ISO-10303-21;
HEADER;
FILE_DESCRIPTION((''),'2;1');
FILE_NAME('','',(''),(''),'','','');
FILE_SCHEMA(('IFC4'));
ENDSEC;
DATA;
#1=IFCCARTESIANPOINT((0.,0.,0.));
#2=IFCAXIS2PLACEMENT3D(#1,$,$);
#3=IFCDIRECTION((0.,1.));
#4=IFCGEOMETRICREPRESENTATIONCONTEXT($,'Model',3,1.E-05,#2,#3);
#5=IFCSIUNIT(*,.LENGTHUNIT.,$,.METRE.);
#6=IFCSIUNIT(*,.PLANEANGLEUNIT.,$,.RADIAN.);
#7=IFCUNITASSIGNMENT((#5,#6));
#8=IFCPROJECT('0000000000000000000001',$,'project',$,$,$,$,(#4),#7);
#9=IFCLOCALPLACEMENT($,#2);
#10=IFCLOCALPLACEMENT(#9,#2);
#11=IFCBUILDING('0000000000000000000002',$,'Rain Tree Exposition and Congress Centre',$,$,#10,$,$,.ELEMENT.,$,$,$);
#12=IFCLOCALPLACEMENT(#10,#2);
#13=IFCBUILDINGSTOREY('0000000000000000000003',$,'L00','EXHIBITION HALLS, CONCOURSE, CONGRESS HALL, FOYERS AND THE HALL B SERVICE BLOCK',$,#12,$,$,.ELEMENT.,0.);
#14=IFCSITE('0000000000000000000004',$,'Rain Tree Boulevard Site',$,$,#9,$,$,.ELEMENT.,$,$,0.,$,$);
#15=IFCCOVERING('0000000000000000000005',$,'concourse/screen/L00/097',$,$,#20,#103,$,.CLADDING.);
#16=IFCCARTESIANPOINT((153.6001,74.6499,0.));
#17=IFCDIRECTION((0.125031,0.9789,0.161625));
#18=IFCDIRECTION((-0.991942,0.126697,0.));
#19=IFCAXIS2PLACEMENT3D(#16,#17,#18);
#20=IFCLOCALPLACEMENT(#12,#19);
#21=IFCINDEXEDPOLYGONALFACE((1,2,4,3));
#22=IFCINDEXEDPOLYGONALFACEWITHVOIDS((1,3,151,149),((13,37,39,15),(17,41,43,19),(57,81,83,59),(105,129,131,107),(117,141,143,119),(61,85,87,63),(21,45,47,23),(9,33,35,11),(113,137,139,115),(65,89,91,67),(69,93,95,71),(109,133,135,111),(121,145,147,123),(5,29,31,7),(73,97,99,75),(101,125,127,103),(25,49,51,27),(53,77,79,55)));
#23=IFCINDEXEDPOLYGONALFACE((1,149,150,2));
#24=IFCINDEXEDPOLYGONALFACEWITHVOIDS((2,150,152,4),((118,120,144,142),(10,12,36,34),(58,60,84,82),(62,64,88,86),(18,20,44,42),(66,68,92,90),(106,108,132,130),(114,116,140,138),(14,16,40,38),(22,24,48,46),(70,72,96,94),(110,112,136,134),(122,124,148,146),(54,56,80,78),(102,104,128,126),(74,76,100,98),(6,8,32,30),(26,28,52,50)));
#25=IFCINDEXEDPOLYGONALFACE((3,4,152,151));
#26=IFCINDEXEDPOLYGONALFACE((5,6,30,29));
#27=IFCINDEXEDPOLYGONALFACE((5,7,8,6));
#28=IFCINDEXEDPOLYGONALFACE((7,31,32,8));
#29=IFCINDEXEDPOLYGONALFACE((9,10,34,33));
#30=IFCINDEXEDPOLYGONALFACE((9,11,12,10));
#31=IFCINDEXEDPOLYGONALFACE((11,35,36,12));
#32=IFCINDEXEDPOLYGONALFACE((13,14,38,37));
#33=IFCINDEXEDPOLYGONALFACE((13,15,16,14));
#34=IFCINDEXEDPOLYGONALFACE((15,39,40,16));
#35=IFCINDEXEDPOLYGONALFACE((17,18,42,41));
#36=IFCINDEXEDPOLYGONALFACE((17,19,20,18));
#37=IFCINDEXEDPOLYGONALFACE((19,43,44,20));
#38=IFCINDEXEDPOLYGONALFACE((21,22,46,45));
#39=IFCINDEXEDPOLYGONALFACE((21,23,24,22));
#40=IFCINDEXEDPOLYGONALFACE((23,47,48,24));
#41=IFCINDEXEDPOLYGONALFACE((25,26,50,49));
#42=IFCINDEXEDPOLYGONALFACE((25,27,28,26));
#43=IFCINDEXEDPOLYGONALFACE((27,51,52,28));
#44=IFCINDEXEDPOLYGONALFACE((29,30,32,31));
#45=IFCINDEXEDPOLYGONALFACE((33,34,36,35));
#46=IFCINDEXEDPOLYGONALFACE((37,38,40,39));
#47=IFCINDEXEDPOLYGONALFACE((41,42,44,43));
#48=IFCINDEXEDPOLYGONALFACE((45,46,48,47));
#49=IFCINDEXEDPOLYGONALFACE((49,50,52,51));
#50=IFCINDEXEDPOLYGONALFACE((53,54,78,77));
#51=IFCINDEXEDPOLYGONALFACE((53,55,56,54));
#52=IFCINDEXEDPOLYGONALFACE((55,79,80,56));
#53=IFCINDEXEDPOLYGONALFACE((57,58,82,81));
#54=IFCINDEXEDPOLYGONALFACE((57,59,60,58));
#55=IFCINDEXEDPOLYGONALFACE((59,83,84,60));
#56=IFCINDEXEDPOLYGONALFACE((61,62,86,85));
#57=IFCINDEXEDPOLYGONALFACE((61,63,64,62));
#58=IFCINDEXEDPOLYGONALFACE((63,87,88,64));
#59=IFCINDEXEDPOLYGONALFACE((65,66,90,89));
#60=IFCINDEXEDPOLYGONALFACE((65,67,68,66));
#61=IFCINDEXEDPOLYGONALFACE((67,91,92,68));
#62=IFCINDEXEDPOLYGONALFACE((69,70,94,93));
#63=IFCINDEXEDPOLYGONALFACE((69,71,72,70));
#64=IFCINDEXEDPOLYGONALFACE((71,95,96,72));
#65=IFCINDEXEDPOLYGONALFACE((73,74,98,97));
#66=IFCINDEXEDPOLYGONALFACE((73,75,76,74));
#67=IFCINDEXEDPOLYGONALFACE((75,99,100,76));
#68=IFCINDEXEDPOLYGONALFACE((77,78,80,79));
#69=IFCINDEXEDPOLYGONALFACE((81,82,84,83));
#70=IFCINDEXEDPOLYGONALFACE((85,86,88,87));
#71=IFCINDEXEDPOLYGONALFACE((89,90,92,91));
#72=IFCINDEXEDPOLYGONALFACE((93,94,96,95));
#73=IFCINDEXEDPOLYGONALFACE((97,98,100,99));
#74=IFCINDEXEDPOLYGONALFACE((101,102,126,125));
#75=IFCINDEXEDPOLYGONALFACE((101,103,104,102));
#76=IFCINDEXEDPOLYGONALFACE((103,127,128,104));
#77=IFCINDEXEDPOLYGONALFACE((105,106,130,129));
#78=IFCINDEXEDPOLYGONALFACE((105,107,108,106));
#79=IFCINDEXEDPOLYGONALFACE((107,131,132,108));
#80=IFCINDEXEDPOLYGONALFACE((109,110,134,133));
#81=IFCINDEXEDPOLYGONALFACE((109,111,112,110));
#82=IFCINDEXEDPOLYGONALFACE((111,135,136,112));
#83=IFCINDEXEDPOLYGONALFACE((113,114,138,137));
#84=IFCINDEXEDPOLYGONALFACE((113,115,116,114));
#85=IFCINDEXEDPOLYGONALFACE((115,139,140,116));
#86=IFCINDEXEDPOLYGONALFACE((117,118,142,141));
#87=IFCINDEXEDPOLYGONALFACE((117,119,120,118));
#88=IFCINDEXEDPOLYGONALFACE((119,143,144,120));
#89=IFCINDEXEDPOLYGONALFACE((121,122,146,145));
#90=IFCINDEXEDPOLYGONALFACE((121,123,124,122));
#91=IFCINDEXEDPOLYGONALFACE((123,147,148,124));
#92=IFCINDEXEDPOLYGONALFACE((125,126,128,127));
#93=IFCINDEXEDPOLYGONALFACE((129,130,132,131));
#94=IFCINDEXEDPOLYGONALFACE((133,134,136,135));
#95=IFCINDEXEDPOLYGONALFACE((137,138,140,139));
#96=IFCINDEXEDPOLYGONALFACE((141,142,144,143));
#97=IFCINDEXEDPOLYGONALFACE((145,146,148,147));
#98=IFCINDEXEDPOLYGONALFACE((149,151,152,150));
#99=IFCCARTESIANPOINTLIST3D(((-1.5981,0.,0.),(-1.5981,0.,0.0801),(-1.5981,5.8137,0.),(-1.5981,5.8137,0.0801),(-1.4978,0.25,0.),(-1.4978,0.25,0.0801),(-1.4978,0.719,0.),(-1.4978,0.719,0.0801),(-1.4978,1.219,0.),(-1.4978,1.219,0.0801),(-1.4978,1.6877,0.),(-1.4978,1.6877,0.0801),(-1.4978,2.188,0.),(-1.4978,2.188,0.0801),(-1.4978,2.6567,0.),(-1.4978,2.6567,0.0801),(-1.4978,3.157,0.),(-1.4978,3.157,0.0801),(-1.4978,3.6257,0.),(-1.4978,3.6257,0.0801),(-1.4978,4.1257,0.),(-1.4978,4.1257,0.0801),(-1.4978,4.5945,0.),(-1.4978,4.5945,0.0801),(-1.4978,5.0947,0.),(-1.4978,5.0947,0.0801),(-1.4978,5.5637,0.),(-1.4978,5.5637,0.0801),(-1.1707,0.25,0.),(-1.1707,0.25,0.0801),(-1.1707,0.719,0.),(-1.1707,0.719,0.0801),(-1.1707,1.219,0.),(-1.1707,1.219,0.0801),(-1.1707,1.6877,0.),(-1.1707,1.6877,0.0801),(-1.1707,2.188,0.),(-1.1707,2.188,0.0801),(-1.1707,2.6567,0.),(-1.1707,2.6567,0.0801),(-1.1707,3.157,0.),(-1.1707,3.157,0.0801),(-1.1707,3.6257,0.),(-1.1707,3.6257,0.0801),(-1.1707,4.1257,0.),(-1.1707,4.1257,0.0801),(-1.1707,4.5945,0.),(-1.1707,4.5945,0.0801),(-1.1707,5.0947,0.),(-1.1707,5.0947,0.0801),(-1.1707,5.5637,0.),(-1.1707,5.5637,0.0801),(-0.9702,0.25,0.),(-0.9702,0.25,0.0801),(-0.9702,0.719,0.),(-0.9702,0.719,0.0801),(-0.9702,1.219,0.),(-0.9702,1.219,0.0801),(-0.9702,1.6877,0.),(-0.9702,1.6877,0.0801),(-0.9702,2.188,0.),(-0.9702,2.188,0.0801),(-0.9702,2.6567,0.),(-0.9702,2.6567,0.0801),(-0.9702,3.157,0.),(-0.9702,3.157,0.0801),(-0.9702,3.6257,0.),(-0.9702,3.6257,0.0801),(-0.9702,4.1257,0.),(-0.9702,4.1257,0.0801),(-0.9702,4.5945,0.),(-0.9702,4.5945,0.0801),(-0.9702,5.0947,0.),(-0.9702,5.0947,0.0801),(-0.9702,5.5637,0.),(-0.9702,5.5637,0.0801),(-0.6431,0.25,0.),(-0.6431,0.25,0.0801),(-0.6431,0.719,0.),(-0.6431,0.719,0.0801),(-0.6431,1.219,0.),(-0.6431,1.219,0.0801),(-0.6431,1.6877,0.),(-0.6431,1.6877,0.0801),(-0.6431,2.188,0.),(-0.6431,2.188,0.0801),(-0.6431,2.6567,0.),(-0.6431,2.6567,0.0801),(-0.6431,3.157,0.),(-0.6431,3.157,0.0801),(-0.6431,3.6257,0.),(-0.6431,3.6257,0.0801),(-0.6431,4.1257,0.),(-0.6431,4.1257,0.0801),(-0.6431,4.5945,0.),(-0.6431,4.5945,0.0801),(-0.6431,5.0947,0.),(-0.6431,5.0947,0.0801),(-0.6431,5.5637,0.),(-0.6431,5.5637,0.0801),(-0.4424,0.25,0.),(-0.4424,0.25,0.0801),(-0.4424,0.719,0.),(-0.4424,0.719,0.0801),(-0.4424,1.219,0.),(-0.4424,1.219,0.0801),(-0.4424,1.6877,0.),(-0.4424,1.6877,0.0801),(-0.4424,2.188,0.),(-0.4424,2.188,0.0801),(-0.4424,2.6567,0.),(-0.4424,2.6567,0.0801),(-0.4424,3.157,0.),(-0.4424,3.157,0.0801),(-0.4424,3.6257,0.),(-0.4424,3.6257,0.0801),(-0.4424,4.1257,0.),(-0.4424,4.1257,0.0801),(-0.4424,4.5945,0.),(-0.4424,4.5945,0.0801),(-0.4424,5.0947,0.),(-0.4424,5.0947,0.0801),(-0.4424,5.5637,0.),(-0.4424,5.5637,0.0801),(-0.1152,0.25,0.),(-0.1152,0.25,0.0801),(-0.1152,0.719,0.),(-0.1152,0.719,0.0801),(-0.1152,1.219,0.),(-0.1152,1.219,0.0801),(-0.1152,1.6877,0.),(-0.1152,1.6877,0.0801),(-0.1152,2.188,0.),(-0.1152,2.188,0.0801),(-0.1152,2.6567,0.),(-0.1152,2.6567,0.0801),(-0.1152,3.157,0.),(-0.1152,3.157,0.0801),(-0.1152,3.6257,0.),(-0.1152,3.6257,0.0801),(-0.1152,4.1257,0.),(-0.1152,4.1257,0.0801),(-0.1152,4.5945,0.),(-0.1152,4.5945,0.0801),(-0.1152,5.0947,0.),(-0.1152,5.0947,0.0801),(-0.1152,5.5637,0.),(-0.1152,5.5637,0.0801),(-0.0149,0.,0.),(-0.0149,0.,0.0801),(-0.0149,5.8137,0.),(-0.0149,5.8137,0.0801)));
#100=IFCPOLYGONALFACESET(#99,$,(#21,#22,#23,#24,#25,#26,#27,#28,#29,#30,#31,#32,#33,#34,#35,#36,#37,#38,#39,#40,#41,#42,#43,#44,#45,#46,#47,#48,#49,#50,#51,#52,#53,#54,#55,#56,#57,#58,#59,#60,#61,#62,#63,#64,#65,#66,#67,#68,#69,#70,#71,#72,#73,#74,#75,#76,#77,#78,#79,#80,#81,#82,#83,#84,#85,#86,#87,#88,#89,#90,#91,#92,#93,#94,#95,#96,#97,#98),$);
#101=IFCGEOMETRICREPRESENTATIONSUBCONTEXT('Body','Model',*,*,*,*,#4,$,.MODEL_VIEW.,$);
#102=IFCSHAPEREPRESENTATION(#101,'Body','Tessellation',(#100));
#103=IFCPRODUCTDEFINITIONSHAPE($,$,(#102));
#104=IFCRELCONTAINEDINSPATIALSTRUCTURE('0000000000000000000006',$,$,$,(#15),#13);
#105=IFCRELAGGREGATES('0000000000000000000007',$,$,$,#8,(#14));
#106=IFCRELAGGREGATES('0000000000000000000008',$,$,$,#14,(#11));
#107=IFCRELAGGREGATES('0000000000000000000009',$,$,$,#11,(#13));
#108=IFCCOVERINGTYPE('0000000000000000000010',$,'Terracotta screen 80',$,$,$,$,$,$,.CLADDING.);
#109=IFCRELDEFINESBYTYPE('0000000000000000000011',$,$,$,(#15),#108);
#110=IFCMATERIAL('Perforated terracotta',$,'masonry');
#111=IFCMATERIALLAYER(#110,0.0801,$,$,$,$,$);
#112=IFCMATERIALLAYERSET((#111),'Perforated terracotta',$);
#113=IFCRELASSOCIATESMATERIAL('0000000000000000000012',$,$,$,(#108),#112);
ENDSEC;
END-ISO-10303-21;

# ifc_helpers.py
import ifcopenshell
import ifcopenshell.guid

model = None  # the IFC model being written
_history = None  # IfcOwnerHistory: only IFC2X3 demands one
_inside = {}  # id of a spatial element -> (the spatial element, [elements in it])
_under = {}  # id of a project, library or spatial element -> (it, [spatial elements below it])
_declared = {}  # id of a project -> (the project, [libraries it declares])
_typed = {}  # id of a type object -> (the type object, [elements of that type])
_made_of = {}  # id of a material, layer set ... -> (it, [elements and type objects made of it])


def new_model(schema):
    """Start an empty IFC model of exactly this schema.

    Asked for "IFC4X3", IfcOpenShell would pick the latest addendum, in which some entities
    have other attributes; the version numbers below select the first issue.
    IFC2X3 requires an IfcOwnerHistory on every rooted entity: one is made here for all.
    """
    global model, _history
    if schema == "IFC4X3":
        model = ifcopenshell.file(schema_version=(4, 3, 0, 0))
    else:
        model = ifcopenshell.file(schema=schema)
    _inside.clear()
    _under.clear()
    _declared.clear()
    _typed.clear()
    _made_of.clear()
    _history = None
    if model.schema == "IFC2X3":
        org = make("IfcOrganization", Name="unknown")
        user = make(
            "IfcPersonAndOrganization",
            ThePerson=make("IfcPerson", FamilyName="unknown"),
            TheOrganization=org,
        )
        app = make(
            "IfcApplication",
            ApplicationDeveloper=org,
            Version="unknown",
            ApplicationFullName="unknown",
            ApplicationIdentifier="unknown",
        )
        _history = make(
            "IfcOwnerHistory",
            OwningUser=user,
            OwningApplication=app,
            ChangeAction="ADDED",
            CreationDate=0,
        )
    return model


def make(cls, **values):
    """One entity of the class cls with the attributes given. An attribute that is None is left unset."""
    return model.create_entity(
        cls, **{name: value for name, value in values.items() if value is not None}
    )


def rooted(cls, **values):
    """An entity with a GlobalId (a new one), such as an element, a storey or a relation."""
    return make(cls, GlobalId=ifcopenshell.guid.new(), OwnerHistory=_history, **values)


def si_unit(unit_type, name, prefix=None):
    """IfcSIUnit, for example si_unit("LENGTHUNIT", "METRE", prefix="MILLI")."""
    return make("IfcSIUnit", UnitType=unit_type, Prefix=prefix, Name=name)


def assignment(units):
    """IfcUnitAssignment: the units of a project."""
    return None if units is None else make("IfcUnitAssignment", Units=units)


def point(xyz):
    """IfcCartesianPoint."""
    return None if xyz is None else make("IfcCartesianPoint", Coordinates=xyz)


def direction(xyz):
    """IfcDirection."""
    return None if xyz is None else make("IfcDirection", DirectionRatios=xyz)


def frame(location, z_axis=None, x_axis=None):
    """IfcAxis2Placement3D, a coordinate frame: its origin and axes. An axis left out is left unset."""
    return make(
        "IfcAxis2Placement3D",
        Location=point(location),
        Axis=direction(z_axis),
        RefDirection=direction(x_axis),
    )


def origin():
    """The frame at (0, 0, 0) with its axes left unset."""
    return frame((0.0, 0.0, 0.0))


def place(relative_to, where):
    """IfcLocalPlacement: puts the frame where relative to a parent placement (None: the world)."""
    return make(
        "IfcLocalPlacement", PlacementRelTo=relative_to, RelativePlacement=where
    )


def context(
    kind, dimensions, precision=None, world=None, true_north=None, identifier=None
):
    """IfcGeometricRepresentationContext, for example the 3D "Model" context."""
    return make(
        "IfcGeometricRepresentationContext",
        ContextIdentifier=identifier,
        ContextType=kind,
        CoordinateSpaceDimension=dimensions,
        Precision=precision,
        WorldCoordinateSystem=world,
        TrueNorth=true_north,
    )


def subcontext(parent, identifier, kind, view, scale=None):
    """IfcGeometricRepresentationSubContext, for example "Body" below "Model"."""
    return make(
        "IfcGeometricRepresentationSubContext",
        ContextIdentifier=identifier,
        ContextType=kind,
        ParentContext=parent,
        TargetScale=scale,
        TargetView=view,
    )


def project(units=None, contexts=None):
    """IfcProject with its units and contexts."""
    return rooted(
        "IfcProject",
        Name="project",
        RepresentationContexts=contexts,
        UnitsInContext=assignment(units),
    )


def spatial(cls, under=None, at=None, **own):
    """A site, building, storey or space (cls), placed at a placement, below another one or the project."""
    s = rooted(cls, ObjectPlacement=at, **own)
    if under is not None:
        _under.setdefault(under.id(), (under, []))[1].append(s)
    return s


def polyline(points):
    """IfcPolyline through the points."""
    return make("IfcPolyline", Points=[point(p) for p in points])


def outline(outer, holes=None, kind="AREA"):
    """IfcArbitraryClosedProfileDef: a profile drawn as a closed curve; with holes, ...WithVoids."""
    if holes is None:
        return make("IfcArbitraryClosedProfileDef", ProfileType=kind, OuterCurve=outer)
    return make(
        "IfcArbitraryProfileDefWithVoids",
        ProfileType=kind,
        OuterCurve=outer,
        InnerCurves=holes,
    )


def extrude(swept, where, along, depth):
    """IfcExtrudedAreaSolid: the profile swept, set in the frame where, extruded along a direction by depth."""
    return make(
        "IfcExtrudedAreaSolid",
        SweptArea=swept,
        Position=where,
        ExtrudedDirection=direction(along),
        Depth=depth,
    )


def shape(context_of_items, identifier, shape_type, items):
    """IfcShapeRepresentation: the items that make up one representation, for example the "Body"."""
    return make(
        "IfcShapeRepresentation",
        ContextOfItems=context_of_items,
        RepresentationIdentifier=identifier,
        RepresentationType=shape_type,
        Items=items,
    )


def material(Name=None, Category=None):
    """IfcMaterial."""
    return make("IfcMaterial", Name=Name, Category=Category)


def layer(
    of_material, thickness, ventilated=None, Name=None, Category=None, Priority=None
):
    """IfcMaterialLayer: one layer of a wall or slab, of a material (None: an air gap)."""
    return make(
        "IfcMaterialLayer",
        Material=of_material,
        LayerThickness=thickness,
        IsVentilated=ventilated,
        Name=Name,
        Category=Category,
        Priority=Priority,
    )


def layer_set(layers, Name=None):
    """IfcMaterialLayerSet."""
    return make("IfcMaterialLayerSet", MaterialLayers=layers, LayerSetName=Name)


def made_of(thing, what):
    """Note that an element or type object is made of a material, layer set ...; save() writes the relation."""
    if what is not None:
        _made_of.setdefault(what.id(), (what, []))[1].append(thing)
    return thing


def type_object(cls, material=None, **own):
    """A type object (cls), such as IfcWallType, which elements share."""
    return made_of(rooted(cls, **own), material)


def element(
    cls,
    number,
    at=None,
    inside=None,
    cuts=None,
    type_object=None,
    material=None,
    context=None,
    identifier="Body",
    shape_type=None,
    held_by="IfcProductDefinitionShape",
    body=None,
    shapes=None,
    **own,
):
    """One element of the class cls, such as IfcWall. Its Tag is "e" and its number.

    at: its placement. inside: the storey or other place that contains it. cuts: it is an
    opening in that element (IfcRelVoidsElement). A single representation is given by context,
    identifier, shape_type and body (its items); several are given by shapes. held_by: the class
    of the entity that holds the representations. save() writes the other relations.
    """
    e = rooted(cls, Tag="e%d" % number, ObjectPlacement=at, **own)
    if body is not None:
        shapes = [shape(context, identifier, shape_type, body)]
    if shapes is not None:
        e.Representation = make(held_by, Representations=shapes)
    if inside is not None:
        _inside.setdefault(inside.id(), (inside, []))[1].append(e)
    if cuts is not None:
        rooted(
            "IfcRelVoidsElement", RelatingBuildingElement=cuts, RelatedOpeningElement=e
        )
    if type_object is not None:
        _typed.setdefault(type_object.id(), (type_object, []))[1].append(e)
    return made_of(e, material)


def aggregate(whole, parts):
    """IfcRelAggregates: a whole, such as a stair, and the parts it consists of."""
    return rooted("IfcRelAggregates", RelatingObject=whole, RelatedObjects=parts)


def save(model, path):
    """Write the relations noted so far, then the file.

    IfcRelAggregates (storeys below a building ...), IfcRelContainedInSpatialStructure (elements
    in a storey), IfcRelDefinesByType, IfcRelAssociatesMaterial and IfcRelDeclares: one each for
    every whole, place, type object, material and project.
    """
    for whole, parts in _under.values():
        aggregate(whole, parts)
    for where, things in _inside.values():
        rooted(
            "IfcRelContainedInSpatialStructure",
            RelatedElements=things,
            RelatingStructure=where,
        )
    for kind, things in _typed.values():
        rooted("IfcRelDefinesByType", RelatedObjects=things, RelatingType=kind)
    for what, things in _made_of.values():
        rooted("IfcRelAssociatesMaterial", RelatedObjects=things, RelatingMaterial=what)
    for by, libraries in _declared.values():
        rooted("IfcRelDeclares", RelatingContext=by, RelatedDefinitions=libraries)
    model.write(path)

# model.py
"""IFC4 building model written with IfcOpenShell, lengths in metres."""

from ifc_helpers import new_model, si_unit, direction, frame, origin, place, context, subcontext, project, spatial, polyline, outline, extrude, material, layer, layer_set, type_object, element, save


model = new_model("IFC4")

# Units and contexts
model_context = context("Model", 3, precision=1e-05, world=origin(), true_north=direction((0.0, 1.0)))
body_context = subcontext(model_context, "Body", "Model", "MODEL_VIEW")
ifc_project = project(units=[si_unit("LENGTHUNIT", "METRE"), si_unit("PLANEANGLEUNIT", "RADIAN")], contexts=[model_context])

# Site, building, storey
site_placement = place(None, origin())
site = spatial("IfcSite", under=ifc_project, at=site_placement, Name="Rain Tree Boulevard Site", CompositionType="ELEMENT", RefElevation=0.0)
building_placement = place(site_placement, origin())
building = spatial("IfcBuilding", under=site, at=building_placement, Name="Rain Tree Exposition and Congress Centre", CompositionType="ELEMENT")
storey_placement = place(building_placement, origin())
storey = spatial("IfcBuildingStorey", under=building, at=storey_placement, Name="L00", Description="EXHIBITION HALLS, CONCOURSE, CONGRESS HALL, FOYERS AND THE HALL B SERVICE BLOCK", CompositionType="ELEMENT", Elevation=0.0)

# Covering
ifc_material_1 = material(Name="Perforated terracotta", Category="masonry")
ifc_layer_1 = layer(ifc_material_1, 0.0801)
ifc_layer_set_1 = layer_set([ifc_layer_1], Name="Perforated terracotta")
covering_type = type_object("IfcCoveringType", Name="Terracotta screen 80", PredefinedType="CLADDING", material=ifc_layer_set_1)
covering_1_placement = place(storey_placement, frame((153.6001, 74.6499, 0.0), z_axis=(0.125031, 0.9789, 0.161625), x_axis=(-0.991942, 0.126697, 0.0)))
element("IfcCovering", 1, at=covering_1_placement, inside=storey, type_object=covering_type, Name="concourse/screen/L00/097", PredefinedType="CLADDING", context=body_context, shape_type="SweptSolid", body=[
    extrude(outline(polyline([(-0.0149, 0.0), (-1.5981, 0.0), (-1.5981, 5.8137), (-0.0149, 5.8137), (-0.0149, 0.0)]), holes=[polyline([(-0.1152, 0.25), (-0.1152, 0.719), (-0.4424, 0.719), (-0.4424, 0.25), (-0.1152, 0.25)]), polyline([(-0.1152, 1.219), (-0.1152, 1.6877), (-0.4424, 1.6877), (-0.4424, 1.219), (-0.1152, 1.219)]), polyline([(-0.1152, 2.188), (-0.1152, 2.6567), (-0.4424, 2.6567), (-0.4424, 2.188), (-0.1152, 2.188)]), polyline([(-0.1152, 3.157), (-0.1152, 3.6257), (-0.4424, 3.6257), (-0.4424, 3.157), (-0.1152, 3.157)]), polyline([(-0.1152, 4.1257), (-0.1152, 4.5945), (-0.4424, 4.5945), (-0.4424, 4.1257), (-0.1152, 4.1257)]), polyline([(-0.1152, 5.0947), (-0.1152, 5.5637), (-0.4424, 5.5637), (-0.4424, 5.0947), (-0.1152, 5.0947)]), polyline([(-0.6431, 0.25), (-0.6431, 0.719), (-0.9702, 0.719), (-0.9702, 0.25), (-0.6431, 0.25)]), polyline([(-0.6431, 1.219), (-0.6431, 1.6877), (-0.9702, 1.6877), (-0.9702, 1.219), (-0.6431, 1.219)]), polyline([(-0.6431, 2.188), (-0.6431, 2.6567), (-0.9702, 2.6567), (-0.9702, 2.188), (-0.6431, 2.188)]), polyline([(-0.6431, 3.157), (-0.6431, 3.6257), (-0.9702, 3.6257), (-0.9702, 3.157), (-0.6431, 3.157)]), polyline([(-0.6431, 4.1257), (-0.6431, 4.5945), (-0.9702, 4.5945), (-0.9702, 4.1257), (-0.6431, 4.1257)]), polyline([(-0.6431, 5.0947), (-0.6431, 5.5637), (-0.9702, 5.5637), (-0.9702, 5.0947), (-0.6431, 5.0947)]), polyline([(-1.1707, 0.25), (-1.1707, 0.719), (-1.4978, 0.719), (-1.4978, 0.25), (-1.1707, 0.25)]), polyline([(-1.1707, 1.219), (-1.1707, 1.6877), (-1.4978, 1.6877), (-1.4978, 1.219), (-1.1707, 1.219)]), polyline([(-1.1707, 2.188), (-1.1707, 2.6567), (-1.4978, 2.6567), (-1.4978, 2.188), (-1.1707, 2.188)]), polyline([(-1.1707, 3.157), (-1.1707, 3.6257), (-1.4978, 3.6257), (-1.4978, 3.157), (-1.1707, 3.157)]), polyline([(-1.1707, 4.1257), (-1.1707, 4.5945), (-1.4978, 4.5945), (-1.4978, 4.1257), (-1.1707, 4.1257)]), polyline([(-1.1707, 5.0947), (-1.1707, 5.5637), (-1.4978, 5.5637), (-1.4978, 5.0947), (-1.1707, 5.0947)])]), origin(), (0.0, 0.0, 1.0), 0.0801),
])

save(model, "model.ifc")
